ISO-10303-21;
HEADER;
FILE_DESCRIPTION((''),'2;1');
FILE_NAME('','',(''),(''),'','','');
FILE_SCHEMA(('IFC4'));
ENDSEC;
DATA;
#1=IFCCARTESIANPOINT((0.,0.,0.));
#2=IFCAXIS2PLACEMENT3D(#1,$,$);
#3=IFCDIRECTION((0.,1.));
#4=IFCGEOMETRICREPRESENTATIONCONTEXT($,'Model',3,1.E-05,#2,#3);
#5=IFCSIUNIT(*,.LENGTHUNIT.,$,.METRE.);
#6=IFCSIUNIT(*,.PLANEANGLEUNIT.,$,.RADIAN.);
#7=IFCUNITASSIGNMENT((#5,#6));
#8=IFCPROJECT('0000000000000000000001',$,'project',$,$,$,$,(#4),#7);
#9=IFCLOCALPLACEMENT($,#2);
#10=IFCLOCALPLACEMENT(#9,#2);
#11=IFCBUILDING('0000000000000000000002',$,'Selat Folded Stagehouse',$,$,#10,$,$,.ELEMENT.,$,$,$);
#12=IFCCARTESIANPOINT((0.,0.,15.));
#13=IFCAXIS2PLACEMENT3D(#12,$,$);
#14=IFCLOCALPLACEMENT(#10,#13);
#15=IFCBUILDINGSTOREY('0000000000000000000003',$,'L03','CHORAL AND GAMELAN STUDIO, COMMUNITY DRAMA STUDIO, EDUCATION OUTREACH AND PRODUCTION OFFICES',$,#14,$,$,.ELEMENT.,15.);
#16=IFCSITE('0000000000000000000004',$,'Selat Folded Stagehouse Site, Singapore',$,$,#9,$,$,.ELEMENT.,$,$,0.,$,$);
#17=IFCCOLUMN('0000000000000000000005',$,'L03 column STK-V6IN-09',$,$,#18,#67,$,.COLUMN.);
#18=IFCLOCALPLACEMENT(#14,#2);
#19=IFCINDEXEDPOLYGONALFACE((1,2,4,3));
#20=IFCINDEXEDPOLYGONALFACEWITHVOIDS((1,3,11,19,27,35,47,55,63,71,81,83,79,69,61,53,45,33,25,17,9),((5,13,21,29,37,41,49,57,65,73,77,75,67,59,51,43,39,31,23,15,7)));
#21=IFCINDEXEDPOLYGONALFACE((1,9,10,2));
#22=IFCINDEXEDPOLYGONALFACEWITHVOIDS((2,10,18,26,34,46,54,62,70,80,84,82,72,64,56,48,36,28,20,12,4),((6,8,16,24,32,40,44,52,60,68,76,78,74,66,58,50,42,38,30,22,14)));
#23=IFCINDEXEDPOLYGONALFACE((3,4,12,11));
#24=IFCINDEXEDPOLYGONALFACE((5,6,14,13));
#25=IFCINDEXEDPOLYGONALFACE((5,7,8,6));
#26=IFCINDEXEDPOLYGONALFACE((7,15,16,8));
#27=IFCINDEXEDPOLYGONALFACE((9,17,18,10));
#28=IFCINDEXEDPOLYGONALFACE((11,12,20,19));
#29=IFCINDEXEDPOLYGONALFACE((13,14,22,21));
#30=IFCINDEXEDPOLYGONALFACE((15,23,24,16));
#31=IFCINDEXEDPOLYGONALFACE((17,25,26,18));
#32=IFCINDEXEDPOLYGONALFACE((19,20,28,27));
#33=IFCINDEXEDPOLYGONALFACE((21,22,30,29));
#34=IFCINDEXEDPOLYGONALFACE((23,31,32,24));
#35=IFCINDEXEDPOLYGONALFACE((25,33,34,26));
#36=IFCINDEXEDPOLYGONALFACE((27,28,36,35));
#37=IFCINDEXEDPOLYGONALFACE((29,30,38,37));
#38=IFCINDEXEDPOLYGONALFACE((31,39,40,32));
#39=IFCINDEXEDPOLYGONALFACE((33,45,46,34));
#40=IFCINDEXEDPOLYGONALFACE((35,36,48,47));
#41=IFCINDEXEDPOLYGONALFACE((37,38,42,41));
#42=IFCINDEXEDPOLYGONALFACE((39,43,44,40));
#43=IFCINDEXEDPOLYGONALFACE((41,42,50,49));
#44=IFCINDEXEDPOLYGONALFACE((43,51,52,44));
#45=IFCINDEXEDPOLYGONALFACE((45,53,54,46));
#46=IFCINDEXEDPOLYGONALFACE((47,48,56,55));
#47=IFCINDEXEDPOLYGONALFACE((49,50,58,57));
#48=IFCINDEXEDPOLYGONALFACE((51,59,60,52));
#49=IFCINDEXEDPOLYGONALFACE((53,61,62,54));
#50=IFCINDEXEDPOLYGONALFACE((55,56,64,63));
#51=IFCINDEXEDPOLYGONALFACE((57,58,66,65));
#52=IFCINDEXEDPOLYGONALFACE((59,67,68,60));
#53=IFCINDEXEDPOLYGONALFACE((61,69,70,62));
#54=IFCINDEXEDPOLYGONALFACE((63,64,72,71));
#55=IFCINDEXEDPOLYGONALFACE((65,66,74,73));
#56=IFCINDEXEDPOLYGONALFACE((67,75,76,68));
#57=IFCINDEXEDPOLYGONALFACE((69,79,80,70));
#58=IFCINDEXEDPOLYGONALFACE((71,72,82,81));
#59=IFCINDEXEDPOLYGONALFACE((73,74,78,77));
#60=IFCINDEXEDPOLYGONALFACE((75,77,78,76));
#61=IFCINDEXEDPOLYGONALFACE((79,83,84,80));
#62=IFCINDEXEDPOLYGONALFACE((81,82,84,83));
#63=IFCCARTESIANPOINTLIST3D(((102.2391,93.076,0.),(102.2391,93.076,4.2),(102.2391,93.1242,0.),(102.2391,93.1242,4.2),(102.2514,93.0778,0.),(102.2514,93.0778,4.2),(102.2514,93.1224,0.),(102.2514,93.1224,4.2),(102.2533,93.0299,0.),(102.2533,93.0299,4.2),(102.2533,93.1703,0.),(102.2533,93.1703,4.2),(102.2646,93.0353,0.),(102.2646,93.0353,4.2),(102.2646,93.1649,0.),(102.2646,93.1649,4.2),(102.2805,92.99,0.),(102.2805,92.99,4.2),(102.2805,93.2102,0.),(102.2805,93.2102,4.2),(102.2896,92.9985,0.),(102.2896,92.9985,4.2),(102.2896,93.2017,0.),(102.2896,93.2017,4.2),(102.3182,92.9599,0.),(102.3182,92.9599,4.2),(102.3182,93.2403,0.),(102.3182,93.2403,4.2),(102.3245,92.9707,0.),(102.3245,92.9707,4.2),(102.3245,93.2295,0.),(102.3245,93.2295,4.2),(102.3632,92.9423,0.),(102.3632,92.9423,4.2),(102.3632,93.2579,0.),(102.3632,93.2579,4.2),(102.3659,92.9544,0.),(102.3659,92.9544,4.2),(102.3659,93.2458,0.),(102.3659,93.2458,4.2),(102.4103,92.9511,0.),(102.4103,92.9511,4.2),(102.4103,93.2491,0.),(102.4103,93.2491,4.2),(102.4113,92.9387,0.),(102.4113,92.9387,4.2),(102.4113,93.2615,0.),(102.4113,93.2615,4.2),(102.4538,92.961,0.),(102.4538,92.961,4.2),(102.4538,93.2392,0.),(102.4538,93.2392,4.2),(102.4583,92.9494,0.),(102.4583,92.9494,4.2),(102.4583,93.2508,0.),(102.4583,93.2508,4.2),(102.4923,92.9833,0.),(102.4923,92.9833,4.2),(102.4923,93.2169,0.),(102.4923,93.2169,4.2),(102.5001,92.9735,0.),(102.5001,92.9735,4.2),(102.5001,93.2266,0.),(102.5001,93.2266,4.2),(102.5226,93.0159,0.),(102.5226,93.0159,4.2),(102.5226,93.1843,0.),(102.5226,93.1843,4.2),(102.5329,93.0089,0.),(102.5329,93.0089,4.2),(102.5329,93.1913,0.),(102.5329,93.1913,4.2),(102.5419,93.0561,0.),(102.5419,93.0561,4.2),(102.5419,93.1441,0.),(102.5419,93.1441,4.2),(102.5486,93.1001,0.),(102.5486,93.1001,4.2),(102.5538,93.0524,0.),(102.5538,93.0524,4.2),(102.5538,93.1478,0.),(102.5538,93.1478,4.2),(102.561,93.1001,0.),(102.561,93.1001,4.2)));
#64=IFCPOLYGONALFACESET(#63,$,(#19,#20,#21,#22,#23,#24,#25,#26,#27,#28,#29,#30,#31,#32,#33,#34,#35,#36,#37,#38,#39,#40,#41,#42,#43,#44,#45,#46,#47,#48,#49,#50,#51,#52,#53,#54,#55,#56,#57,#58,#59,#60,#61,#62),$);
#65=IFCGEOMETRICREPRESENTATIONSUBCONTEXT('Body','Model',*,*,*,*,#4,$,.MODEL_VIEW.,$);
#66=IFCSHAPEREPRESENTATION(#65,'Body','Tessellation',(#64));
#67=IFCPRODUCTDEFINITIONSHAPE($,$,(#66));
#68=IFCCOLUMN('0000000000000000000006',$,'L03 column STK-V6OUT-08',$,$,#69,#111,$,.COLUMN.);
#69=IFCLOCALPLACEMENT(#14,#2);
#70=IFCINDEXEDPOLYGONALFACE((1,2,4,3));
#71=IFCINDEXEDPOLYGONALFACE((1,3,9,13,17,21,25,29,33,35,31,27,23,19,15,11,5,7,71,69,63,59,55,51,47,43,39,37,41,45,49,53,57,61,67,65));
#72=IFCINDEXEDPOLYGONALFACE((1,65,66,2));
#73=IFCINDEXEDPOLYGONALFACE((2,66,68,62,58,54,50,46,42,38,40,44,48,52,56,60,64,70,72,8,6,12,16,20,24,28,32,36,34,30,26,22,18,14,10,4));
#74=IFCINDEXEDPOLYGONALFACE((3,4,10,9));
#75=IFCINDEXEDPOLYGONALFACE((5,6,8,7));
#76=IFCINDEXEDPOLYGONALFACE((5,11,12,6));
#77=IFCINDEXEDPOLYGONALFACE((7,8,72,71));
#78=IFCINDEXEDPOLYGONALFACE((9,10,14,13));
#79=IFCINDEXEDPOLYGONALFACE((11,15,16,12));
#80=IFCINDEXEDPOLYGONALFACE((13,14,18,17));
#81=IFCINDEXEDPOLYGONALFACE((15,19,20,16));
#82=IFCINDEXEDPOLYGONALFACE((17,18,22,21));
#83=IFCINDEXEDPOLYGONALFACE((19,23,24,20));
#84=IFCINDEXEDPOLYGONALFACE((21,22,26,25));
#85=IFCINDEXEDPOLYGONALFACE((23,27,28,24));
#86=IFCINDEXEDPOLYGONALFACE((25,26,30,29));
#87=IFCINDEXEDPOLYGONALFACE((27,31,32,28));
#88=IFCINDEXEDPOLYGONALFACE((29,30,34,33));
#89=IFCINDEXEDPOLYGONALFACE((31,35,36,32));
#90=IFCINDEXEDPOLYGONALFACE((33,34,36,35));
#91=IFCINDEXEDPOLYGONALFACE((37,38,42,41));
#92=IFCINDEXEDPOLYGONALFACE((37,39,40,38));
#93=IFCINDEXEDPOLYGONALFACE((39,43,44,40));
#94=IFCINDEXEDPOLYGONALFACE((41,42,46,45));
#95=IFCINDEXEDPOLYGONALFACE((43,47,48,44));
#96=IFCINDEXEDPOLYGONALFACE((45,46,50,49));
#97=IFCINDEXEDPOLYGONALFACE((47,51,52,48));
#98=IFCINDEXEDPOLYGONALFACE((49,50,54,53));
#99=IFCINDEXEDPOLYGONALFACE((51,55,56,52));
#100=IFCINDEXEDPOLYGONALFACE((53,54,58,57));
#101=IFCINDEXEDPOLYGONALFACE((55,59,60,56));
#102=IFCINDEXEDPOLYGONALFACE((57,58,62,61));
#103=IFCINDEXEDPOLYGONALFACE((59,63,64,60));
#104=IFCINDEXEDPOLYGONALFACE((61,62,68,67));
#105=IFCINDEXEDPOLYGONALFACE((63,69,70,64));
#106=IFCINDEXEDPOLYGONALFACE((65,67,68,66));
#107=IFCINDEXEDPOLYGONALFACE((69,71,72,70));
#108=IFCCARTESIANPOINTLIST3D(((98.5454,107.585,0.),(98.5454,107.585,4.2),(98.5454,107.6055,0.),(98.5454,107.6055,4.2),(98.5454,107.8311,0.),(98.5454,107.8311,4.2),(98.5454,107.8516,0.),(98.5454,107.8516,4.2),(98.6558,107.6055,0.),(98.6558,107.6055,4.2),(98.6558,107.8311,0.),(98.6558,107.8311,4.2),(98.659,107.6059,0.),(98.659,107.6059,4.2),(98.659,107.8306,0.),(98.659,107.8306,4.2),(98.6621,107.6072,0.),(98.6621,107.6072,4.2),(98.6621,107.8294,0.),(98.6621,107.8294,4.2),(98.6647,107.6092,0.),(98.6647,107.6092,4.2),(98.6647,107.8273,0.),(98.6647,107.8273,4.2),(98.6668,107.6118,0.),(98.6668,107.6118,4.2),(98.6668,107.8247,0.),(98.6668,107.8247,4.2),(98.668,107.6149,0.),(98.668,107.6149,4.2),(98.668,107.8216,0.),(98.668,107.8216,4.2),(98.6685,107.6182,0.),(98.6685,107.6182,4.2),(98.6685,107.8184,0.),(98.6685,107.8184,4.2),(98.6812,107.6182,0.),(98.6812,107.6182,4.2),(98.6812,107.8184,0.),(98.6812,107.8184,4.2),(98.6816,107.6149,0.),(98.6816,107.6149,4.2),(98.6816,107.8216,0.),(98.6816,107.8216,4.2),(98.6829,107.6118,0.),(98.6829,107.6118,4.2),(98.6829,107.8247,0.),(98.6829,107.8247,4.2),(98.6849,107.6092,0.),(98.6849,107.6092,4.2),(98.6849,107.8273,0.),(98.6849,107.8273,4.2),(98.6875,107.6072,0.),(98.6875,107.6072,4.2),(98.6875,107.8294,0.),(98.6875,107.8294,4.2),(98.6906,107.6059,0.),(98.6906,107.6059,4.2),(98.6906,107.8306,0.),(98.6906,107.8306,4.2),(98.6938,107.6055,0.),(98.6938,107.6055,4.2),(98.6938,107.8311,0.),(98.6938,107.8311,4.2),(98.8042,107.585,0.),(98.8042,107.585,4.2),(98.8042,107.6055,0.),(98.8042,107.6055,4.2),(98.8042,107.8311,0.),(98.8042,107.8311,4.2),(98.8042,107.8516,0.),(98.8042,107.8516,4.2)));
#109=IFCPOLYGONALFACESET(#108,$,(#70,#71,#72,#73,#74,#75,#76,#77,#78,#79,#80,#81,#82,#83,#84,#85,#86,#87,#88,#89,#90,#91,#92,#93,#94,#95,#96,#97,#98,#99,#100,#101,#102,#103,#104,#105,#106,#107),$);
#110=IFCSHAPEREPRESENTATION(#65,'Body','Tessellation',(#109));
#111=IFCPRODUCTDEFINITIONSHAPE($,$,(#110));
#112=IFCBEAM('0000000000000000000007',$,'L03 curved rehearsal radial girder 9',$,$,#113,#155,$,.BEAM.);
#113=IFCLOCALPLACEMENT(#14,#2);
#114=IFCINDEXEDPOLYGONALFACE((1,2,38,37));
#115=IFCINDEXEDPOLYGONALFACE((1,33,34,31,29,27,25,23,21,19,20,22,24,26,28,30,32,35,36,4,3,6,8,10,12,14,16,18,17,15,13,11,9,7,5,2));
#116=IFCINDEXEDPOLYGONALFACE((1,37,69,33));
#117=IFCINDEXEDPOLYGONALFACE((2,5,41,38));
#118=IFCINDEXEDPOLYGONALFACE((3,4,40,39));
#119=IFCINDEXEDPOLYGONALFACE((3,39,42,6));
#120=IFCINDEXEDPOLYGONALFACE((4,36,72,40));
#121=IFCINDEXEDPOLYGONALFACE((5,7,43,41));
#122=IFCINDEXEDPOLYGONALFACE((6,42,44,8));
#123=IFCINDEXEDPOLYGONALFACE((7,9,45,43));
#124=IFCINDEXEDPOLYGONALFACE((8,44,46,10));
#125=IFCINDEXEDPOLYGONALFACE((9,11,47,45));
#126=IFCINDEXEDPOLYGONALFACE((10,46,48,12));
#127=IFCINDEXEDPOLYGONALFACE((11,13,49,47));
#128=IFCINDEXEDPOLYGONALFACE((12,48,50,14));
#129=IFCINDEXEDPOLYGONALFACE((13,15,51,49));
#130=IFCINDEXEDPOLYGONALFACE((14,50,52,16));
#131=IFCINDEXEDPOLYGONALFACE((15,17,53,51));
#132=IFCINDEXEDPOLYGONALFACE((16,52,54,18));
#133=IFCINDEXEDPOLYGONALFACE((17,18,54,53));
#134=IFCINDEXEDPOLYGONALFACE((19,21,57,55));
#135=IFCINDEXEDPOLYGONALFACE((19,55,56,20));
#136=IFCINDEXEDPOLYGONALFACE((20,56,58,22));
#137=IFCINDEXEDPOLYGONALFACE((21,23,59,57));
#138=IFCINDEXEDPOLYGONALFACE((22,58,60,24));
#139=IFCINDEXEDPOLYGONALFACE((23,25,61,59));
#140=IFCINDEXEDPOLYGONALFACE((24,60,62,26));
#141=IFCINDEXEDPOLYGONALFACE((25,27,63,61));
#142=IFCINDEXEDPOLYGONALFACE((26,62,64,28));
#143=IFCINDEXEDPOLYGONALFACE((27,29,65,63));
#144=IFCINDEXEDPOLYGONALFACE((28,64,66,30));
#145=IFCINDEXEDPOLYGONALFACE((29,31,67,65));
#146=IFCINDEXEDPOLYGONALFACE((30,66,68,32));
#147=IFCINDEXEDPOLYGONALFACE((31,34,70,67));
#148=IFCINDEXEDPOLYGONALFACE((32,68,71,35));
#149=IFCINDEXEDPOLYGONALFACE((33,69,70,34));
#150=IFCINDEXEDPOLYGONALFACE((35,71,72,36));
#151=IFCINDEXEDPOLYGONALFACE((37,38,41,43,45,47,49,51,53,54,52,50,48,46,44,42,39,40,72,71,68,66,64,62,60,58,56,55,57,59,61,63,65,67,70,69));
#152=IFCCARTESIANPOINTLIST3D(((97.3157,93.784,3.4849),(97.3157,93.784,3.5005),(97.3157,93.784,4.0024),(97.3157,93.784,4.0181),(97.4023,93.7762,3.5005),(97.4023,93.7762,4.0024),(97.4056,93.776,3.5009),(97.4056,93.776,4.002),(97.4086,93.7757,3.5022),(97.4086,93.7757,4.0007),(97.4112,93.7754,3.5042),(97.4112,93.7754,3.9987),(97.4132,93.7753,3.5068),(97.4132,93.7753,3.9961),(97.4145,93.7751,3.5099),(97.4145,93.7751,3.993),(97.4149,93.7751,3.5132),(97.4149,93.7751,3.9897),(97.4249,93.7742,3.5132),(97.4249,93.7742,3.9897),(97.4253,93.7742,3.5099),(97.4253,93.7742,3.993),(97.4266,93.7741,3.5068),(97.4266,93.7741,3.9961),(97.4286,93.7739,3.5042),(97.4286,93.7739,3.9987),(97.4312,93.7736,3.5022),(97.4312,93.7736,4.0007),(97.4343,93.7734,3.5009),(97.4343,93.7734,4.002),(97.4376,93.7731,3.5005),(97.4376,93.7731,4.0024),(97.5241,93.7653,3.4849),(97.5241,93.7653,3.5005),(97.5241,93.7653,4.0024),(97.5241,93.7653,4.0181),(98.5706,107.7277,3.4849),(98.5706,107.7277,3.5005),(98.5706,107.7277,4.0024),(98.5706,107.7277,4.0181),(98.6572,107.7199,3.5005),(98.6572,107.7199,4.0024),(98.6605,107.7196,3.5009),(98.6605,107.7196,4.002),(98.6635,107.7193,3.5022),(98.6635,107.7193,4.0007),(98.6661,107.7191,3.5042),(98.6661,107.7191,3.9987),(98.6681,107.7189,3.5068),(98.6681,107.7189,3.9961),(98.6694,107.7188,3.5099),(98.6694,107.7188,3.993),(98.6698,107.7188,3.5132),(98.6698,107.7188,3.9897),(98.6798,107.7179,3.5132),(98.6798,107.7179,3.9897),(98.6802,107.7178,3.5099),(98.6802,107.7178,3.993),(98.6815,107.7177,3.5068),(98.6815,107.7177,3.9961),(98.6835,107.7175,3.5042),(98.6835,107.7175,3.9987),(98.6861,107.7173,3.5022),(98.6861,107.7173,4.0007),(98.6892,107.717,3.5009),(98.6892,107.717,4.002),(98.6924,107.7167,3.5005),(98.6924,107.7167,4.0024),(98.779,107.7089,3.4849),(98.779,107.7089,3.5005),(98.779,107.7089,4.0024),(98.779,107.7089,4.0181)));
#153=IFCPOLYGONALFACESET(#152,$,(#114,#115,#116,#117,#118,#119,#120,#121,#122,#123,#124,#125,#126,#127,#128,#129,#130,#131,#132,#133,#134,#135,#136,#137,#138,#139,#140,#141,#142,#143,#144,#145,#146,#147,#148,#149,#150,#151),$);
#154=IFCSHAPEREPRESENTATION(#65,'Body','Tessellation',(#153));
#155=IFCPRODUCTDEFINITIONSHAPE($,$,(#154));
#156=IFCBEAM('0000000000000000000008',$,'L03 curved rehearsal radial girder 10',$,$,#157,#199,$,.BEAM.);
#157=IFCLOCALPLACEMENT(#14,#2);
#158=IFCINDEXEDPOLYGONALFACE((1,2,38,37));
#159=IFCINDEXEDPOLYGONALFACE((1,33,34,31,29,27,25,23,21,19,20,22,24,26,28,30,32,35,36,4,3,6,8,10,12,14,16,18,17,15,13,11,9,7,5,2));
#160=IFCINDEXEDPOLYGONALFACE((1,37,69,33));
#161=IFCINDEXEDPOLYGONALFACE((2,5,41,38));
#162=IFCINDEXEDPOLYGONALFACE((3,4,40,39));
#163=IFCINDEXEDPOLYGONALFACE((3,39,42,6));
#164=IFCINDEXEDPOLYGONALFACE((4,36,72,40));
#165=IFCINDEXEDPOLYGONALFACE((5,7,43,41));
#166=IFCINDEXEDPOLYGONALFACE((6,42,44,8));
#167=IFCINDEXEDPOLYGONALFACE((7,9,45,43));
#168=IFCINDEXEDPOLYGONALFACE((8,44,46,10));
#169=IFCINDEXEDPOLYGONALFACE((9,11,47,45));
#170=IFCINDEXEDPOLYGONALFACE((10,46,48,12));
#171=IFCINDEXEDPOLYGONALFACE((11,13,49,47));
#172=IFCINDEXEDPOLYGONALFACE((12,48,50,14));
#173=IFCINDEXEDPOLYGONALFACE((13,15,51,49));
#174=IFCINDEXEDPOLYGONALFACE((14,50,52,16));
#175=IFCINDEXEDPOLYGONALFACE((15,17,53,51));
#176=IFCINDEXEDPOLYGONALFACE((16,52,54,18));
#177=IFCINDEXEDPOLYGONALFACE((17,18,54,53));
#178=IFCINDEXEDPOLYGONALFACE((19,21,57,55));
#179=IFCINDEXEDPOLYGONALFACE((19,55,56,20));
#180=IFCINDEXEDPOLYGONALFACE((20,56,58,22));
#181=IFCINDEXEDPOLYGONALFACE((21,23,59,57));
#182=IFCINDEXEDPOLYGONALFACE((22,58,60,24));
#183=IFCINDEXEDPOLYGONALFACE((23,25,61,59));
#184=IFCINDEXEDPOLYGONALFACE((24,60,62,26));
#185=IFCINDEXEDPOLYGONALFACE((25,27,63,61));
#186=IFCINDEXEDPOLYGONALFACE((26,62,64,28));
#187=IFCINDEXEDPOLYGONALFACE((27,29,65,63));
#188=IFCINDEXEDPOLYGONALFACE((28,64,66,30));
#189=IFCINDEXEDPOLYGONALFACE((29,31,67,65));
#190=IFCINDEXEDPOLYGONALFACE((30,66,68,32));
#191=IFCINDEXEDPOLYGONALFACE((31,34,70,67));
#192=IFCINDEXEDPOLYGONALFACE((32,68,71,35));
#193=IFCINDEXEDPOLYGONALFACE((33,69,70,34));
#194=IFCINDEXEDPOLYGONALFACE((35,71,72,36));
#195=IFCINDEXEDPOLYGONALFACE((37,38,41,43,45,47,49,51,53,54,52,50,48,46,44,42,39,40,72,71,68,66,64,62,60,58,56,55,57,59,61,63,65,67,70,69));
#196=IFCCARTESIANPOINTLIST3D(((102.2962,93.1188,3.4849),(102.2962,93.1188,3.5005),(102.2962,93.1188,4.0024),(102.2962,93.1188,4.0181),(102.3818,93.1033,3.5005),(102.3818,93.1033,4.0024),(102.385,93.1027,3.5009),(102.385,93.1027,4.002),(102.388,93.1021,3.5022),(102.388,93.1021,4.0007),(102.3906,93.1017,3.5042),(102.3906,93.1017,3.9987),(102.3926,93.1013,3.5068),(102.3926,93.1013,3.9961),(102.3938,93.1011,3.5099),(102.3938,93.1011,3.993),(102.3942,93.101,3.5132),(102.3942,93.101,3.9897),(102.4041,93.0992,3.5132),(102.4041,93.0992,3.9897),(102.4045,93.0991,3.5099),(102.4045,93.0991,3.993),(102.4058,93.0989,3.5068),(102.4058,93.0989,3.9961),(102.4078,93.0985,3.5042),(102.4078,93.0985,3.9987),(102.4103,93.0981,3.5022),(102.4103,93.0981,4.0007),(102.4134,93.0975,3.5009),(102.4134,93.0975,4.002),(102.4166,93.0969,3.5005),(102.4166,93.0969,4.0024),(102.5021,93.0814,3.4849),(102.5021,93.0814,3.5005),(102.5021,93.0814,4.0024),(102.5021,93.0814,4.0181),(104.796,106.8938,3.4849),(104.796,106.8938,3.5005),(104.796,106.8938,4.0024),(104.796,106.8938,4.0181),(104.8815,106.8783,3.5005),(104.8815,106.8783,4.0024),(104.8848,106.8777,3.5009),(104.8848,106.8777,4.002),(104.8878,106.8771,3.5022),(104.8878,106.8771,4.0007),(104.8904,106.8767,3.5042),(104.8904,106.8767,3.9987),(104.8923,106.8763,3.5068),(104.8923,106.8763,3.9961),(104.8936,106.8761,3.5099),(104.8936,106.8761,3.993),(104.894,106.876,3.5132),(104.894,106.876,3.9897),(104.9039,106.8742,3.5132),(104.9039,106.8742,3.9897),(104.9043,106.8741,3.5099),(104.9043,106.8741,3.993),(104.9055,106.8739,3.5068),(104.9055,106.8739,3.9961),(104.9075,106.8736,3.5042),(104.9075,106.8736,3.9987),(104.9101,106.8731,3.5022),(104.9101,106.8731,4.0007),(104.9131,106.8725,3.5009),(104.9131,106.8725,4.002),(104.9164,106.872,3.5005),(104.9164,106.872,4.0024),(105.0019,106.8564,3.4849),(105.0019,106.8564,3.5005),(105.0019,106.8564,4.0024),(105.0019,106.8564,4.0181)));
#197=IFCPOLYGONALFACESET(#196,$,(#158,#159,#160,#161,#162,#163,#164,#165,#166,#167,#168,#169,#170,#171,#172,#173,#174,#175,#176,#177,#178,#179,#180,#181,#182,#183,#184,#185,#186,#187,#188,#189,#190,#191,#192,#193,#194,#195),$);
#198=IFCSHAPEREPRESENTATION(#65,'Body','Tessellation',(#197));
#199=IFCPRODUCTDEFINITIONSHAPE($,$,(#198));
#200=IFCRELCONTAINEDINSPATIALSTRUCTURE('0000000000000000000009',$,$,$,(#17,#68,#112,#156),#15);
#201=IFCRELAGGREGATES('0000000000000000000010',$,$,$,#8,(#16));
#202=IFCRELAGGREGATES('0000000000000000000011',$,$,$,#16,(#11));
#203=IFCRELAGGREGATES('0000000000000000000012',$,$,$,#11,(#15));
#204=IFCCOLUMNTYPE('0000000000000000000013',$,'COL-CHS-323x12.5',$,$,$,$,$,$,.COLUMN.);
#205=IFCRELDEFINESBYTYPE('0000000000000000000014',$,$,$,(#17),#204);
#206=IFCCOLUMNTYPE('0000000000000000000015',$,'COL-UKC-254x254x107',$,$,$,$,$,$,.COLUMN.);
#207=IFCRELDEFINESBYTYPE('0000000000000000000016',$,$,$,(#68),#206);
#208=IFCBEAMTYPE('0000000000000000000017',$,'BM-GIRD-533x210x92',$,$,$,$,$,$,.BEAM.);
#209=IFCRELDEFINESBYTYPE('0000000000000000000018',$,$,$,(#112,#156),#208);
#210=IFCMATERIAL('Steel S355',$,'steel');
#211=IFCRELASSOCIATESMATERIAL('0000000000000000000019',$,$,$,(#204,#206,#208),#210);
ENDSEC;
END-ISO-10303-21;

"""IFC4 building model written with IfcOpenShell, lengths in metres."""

from ifc_helpers import new_model, si_unit, direction, frame, origin, origin_2d, place, context, subcontext, project, spatial, hollow_circle, i_section, extrude, material, material_profile, profile_set, type_object, element, save


model = new_model("IFC4")

# Units and contexts
model_context = context("Model", 3, precision=1e-05, world=origin(), true_north=direction((0.0, 1.0)))
body_context = subcontext(model_context, "Body", "Model", "MODEL_VIEW")
ifc_project = project(units=[si_unit("LENGTHUNIT", "METRE"), si_unit("PLANEANGLEUNIT", "RADIAN")], contexts=[model_context])

# Site, building, storey
site_placement = place(None, origin())
site = spatial("IfcSite", under=ifc_project, at=site_placement, Name="Selat Folded Stagehouse Site, Singapore", CompositionType="ELEMENT", RefElevation=0.0)
building_placement = place(site_placement, origin())
building = spatial("IfcBuilding", under=site, at=building_placement, Name="Selat Folded Stagehouse", CompositionType="ELEMENT")
storey_placement = place(building_placement, frame((0.0, 0.0, 15.0)))
storey = spatial("IfcBuildingStorey", under=building, at=storey_placement, Name="L03", Description="CHORAL AND GAMELAN STUDIO, COMMUNITY DRAMA STUDIO, EDUCATION OUTREACH AND PRODUCTION OFFICES", CompositionType="ELEMENT", Elevation=15.0)

# Columns
ifc_material_1 = material(Name="Steel S355", Category="steel")
ifc_material_profile_1 = material_profile(ifc_material_1, hollow_circle(Radius=0.1619, WallThickness=0.0125, at=origin_2d()), Name="CHS 323.9x12.5")
ifc_profile_set_1 = profile_set([ifc_material_profile_1], Name="Steel S355")
column_type_1 = type_object("IfcColumnType", Name="COL-CHS-323x12.5", PredefinedType="COLUMN", material=ifc_profile_set_1)
column_1_placement = place(storey_placement, frame((102.3992, 93.1001, 0.0), z_axis=(0.0, 0.0, 1.0), x_axis=(1.0, 0.0, 0.0)))
element("IfcColumn", 1, at=column_1_placement, inside=storey, type_object=column_type_1, Name="L03 column STK-V6IN-09", PredefinedType="COLUMN", context=body_context, shape_type="SweptSolid", body=[
    extrude(hollow_circle(Radius=0.1619, WallThickness=0.0125, at=origin_2d()), origin(), (0.0, 0.0, 1.0), 4.2),
])
ifc_material_profile_2 = material_profile(ifc_material_1, i_section(OverallWidth=0.2588, OverallDepth=0.2666, WebThickness=0.0127, FlangeThickness=0.0205, FilletRadius=0.0127, at=origin_2d()), Name="UKC 254x254x107")
ifc_profile_set_2 = profile_set([ifc_material_profile_2], Name="Steel S355")
column_type_2 = type_object("IfcColumnType", Name="COL-UKC-254x254x107", PredefinedType="COLUMN", material=ifc_profile_set_2)
column_2_placement = place(storey_placement, frame((98.6748, 107.7183, 0.0), z_axis=(0.0, 0.0, 1.0), x_axis=(1.0, 0.0, 0.0)))
element("IfcColumn", 2, at=column_2_placement, inside=storey, type_object=column_type_2, Name="L03 column STK-V6OUT-08", PredefinedType="COLUMN", context=body_context, shape_type="SweptSolid", body=[
    extrude(i_section(OverallWidth=0.2588, OverallDepth=0.2666, WebThickness=0.0127, FlangeThickness=0.0205, FilletRadius=0.0127, at=origin_2d()), origin(), (0.0, 0.0, 1.0), 4.2),
])

# Beams
ifc_material_profile_3 = material_profile(ifc_material_1, i_section(OverallWidth=0.2092, OverallDepth=0.5332, WebThickness=0.01, FlangeThickness=0.0156, FilletRadius=0.0127, at=origin_2d()), Name="UKB 533x210x92")
ifc_profile_set_3 = profile_set([ifc_material_profile_3], Name="Steel S355")
beam_type_1 = type_object("IfcBeamType", Name="BM-GIRD-533x210x92", PredefinedType="BEAM", material=ifc_profile_set_3)
for number, where, z_axis, x_axis, name in (
    (3, (97.4199, 93.7747, 3.7515), (0.089635, 0.995975, 0.0), (-0.995975, 0.089635, 0.0), "L03 curved rehearsal radial girder 9"),
    (4, (102.3992, 93.1001, 3.7515), (0.178555, 0.98393, 0.0), (-0.98393, 0.178555, 0.0), "L03 curved rehearsal radial girder 10"),
):
    element("IfcBeam", number, at=place(storey_placement, frame(where, z_axis=z_axis, x_axis=x_axis)), inside=storey, type_object=beam_type_1, Name=name, PredefinedType="BEAM", context=body_context, shape_type="SweptSolid", body=[
        extrude(i_section(OverallWidth=0.2092, OverallDepth=0.5332, WebThickness=0.01, FlangeThickness=0.0156, FilletRadius=0.0127, at=origin_2d()), origin(), (0.0, 0.0, 1.0), 14.0),
    ])

save(model, "model.ifc")
